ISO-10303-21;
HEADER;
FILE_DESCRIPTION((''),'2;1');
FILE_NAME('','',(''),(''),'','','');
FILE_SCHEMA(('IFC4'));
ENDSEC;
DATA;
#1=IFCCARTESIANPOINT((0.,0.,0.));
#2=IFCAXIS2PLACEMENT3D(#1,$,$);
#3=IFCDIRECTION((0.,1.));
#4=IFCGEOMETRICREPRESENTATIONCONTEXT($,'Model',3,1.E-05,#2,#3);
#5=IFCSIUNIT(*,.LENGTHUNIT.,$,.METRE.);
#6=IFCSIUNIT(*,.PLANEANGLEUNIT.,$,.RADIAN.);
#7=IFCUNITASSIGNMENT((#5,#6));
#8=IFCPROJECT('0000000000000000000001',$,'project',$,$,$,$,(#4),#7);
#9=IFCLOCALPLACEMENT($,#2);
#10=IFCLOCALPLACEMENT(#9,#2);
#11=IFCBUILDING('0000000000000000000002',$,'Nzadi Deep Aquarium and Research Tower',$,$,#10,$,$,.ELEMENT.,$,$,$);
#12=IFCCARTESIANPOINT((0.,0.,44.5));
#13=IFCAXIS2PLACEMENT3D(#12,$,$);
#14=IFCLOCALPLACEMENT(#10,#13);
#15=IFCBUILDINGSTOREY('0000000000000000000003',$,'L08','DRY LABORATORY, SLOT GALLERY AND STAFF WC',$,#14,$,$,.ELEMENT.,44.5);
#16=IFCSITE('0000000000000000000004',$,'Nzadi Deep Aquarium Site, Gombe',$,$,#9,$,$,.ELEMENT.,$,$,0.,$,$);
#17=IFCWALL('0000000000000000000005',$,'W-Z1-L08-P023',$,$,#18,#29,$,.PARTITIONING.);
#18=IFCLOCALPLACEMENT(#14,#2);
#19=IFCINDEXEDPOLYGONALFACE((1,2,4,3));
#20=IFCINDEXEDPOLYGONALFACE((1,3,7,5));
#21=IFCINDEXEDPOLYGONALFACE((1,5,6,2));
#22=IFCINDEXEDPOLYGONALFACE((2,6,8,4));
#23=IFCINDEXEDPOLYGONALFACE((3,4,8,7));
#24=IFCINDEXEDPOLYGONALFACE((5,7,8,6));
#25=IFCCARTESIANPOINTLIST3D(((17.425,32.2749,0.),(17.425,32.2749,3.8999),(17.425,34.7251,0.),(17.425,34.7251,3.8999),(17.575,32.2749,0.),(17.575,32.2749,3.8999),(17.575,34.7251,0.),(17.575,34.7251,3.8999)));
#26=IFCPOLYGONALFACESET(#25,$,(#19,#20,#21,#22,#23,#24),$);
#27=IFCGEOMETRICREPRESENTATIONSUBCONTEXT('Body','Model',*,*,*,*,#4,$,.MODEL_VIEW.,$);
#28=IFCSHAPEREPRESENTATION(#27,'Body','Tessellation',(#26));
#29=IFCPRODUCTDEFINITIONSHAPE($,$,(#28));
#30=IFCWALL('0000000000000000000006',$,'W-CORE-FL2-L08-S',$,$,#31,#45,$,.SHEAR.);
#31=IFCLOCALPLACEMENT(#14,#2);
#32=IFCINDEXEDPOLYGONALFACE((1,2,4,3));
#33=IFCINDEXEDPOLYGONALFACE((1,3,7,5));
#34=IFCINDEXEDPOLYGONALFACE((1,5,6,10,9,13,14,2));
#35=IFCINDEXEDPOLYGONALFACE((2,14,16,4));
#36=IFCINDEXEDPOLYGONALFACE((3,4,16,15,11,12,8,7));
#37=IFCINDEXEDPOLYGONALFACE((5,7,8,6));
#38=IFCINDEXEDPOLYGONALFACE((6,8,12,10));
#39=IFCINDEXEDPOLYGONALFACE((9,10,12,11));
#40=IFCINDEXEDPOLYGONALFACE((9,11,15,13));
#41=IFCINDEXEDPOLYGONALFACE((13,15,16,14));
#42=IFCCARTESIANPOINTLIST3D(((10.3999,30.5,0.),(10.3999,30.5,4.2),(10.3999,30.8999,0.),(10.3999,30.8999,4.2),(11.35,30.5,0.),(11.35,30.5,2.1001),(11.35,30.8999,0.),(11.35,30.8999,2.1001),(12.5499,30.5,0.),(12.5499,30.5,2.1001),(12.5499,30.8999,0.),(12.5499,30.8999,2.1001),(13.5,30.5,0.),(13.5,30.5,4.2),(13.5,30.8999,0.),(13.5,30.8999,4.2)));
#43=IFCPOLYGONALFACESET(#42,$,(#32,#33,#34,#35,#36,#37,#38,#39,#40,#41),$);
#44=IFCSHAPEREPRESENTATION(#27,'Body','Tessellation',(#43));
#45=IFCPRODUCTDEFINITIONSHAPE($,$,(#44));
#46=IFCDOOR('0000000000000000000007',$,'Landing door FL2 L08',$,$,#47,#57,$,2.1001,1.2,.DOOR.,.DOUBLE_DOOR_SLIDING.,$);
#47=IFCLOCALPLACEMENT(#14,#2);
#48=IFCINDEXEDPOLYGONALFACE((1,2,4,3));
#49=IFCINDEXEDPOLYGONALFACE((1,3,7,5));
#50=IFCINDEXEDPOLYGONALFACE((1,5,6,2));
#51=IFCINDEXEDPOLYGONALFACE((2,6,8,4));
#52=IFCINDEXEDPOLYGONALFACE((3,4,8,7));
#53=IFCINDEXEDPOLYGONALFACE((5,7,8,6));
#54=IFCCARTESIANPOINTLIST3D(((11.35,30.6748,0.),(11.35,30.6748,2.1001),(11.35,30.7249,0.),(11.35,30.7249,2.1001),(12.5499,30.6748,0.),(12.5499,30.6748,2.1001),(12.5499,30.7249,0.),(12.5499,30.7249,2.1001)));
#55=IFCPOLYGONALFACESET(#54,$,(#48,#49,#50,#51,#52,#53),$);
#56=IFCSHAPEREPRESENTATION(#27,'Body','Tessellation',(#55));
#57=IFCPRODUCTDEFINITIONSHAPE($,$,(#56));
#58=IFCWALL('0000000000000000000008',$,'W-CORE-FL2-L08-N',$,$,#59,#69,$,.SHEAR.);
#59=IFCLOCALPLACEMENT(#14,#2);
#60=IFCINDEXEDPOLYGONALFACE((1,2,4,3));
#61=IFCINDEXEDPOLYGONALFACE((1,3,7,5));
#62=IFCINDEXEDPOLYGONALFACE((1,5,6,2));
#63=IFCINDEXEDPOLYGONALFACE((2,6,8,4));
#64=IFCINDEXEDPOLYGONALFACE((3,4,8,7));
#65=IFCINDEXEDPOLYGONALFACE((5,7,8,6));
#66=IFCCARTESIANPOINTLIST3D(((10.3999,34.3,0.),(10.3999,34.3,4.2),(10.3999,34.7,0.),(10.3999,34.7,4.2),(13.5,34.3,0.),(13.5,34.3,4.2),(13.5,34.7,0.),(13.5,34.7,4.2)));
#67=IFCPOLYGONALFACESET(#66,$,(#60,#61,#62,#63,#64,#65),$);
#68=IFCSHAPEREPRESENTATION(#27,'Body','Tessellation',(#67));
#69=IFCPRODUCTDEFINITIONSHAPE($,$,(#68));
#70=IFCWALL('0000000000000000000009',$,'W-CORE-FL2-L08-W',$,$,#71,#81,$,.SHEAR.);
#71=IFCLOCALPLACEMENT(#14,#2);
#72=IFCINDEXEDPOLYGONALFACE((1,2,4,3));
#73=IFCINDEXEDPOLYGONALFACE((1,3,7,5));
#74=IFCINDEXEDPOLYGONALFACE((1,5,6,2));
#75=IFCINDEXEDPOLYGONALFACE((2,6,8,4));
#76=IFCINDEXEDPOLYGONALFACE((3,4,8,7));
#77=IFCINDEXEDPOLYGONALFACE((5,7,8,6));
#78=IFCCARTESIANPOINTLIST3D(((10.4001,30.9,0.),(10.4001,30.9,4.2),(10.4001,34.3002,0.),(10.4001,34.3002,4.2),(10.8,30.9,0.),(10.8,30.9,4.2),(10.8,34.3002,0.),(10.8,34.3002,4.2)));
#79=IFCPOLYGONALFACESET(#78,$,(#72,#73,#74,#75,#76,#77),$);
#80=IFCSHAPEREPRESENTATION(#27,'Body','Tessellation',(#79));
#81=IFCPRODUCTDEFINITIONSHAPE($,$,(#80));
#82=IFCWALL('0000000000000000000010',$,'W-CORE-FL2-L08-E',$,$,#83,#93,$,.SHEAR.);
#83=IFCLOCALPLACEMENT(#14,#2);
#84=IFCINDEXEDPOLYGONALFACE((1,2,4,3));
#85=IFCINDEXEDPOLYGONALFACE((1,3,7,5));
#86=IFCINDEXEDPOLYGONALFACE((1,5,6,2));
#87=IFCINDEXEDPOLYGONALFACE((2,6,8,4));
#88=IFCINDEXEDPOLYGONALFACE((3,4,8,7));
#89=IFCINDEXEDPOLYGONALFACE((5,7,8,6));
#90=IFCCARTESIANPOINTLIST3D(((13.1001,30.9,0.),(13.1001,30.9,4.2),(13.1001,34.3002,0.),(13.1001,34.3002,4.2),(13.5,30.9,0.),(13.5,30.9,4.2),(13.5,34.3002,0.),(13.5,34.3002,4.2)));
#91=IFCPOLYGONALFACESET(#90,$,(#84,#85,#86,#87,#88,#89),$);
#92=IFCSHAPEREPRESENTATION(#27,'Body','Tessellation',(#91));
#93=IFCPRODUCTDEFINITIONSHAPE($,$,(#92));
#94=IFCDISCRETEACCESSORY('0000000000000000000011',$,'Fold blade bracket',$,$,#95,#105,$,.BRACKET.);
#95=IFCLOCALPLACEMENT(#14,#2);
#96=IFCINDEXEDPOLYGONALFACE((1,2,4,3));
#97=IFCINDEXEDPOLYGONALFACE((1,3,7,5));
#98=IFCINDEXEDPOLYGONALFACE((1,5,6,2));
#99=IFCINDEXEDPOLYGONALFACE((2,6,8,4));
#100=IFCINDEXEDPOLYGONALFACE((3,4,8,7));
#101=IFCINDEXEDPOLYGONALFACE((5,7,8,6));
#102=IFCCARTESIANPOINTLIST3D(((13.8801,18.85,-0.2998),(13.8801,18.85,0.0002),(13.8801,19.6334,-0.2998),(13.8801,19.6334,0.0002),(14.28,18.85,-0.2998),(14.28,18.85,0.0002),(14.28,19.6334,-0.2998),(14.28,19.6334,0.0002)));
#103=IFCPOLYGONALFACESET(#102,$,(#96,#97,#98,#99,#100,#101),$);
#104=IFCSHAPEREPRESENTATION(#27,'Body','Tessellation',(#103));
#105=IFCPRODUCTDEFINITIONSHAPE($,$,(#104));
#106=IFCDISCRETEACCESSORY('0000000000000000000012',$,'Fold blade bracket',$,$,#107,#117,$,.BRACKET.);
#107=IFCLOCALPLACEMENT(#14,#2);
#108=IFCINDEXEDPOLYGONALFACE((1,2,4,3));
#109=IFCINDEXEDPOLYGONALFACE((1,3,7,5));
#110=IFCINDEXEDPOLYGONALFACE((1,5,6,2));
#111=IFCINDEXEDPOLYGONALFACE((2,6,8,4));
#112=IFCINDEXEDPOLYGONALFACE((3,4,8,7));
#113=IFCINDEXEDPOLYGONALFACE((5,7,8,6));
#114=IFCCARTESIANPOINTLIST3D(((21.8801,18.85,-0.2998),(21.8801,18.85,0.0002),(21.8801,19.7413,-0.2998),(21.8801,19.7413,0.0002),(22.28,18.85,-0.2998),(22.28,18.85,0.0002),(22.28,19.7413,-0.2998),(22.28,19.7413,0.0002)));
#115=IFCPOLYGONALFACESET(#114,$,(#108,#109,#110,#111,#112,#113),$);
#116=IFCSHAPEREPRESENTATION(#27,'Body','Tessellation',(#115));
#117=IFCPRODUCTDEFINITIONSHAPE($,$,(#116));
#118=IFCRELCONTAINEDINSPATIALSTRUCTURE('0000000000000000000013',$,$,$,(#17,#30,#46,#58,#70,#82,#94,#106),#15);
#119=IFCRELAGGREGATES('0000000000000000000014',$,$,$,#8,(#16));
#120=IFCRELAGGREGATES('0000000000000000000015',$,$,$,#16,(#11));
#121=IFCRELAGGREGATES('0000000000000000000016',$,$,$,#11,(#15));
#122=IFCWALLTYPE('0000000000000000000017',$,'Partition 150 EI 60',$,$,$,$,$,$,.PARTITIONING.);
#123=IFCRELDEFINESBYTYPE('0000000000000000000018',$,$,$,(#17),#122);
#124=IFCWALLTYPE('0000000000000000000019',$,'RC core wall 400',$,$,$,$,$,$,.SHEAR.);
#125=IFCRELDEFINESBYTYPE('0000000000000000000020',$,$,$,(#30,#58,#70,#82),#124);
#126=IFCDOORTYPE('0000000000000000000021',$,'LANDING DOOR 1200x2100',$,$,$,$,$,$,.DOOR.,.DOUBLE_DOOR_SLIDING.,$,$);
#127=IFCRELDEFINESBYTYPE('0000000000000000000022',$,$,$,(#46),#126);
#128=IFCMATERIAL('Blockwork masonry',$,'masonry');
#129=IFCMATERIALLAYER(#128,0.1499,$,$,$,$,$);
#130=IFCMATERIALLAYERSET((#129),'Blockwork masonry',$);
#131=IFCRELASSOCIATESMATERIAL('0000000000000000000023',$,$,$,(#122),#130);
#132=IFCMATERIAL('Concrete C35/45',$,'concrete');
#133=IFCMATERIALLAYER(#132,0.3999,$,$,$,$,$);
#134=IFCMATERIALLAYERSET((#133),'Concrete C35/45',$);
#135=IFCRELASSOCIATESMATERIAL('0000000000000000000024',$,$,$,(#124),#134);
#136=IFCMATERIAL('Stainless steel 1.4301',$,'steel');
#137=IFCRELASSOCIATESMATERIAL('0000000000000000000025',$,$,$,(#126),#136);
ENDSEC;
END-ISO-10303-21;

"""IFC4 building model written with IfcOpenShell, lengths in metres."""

from ifc_helpers import new_model, si_unit, direction, frame, frame_2d, origin, origin_2d, place, context, subcontext, project, spatial, rectangle, extrude, material, layer, layer_set, type_object, element, fill, save


model = new_model("IFC4")

# Units and contexts
model_context = context("Model", 3, precision=1e-05, world=origin(), true_north=direction((0.0, 1.0)))
body_context = subcontext(model_context, "Body", "Model", "MODEL_VIEW")
ifc_project = project(units=[si_unit("LENGTHUNIT", "METRE"), si_unit("PLANEANGLEUNIT", "RADIAN")], contexts=[model_context])

# Site, building, storey
site_placement = place(None, origin())
site = spatial("IfcSite", under=ifc_project, at=site_placement, Name="Nzadi Deep Aquarium Site, Gombe", CompositionType="ELEMENT", RefElevation=0.0)
building_placement = place(site_placement, origin())
building = spatial("IfcBuilding", under=site, at=building_placement, Name="Nzadi Deep Aquarium and Research Tower", CompositionType="ELEMENT")
storey_placement = place(building_placement, frame((0.0, 0.0, 44.5)))
storey = spatial("IfcBuildingStorey", under=building, at=storey_placement, Name="L08", Description="DRY LABORATORY, SLOT GALLERY AND STAFF WC", CompositionType="ELEMENT", Elevation=44.5)

# Wall
ifc_material_1 = material(Name="Blockwork masonry", Category="masonry")
ifc_layer_1 = layer(ifc_material_1, 0.1499)
ifc_layer_set_1 = layer_set([ifc_layer_1], Name="Blockwork masonry")
wall_type_1 = type_object("IfcWallType", Name="Partition 150 EI 60", PredefinedType="PARTITIONING", material=ifc_layer_set_1)
wall_1_placement = place(storey_placement, frame((17.5, 32.2749, 0.0), z_axis=(0.0, 0.0, 1.0), x_axis=(0.0, 1.0, 0.0)))
element("IfcWall", 1, at=wall_1_placement, inside=storey, type_object=wall_type_1, Name="W-Z1-L08-P023", PredefinedType="PARTITIONING", context=body_context, shape_type="SweptSolid", body=[
    extrude(rectangle(XDim=2.4502, YDim=0.1499, at=frame_2d((1.2251, 0.0))), origin(), (0.0, 0.0, 1.0), 3.8999),
])

# Wall, opening, door
ifc_material_2 = material(Name="Concrete C35/45", Category="concrete")
ifc_layer_2 = layer(ifc_material_2, 0.3999)
ifc_layer_set_2 = layer_set([ifc_layer_2], Name="Concrete C35/45")
wall_type_2 = type_object("IfcWallType", Name="RC core wall 400", PredefinedType="SHEAR", material=ifc_layer_set_2)
wall_2_placement = place(storey_placement, frame((10.3999, 30.7, 0.0), z_axis=(0.0, 0.0, 1.0), x_axis=(1.0, 0.0, 0.0)))
wall_2 = element("IfcWall", 2, at=wall_2_placement, inside=storey, type_object=wall_type_2, Name="W-CORE-FL2-L08-S", PredefinedType="SHEAR", context=body_context, shape_type="SweptSolid", body=[
    extrude(rectangle(XDim=3.1001, YDim=0.3999, at=frame_2d((1.55, 0.0))), origin(), (0.0, 0.0, 1.0), 4.2),
])
opening_placement = place(wall_2_placement, frame((0.95, 0.0, 0.0)))
opening = element("IfcOpeningElement", 3, at=opening_placement, cuts=wall_2, PredefinedType="OPENING", context=body_context, shape_type="SweptSolid", body=[
    extrude(rectangle(XDim=1.2, YDim=2.1001, at=frame_2d((0.6001, 1.05))), frame((0.0, 0.21, 0.0), z_axis=(0.0, -1.0, 0.0), x_axis=(1.0, 0.0, 0.0)), (0.0, 0.0, 1.0), 0.4199),
])
ifc_material_3 = material(Name="Stainless steel 1.4301", Category="steel")
door_type = type_object("IfcDoorType", Name="LANDING DOOR 1200x2100", OperationType="DOUBLE_DOOR_SLIDING", PredefinedType="DOOR", material=ifc_material_3)
door_placement = place(opening_placement, origin())
door = element("IfcDoor", 4, at=door_placement, inside=storey, type_object=door_type, Name="Landing door FL2 L08", OperationType="DOUBLE_DOOR_SLIDING", OverallHeight=2.1001, OverallWidth=1.2, PredefinedType="DOOR", context=body_context, shape_type="SweptSolid", body=[
    extrude(rectangle(XDim=1.2, YDim=2.1001, at=frame_2d((0.6001, 1.05))), frame((0.0, 0.0249, 0.0), z_axis=(0.0, -1.0, 0.0), x_axis=(1.0, 0.0, 0.0)), (0.0, 0.0, 1.0), 0.05),
])
fill(opening, door)

# Walls
wall_3_placement = place(storey_placement, frame((10.3999, 34.5, 0.0), z_axis=(0.0, 0.0, 1.0), x_axis=(1.0, 0.0, 0.0)))
element("IfcWall", 5, at=wall_3_placement, inside=storey, type_object=wall_type_2, Name="W-CORE-FL2-L08-N", PredefinedType="SHEAR", context=body_context, shape_type="SweptSolid", body=[
    extrude(rectangle(XDim=3.1001, YDim=0.3999, at=frame_2d((1.55, 0.0))), origin(), (0.0, 0.0, 1.0), 4.2),
])
for number, where, z_axis, x_axis, name in (
    (6, (10.6001, 30.8999, 0.0), (0.0, 0.0, 1.0), (0.0, 1.0, 0.0), "W-CORE-FL2-L08-W"),
    (7, (13.3, 30.8999, 0.0), (0.0, 0.0, 1.0), (0.0, 1.0, 0.0), "W-CORE-FL2-L08-E"),
):
    element("IfcWall", number, at=place(storey_placement, frame(where, z_axis=z_axis, x_axis=x_axis)), inside=storey, type_object=wall_type_2, Name=name, PredefinedType="SHEAR", context=body_context, shape_type="SweptSolid", body=[
        extrude(rectangle(XDim=3.4001, YDim=0.3999, at=frame_2d((1.7002, 0.0))), origin(), (0.0, 0.0, 1.0), 4.2),
    ])

# Discrete accessories
discrete_accessory_1_placement = place(storey_placement, frame((14.0801, 19.2417, -0.2998), z_axis=(0.0, 0.0, 1.0), x_axis=(1.0, 0.0, 0.0)))
element("IfcDiscreteAccessory", 8, at=discrete_accessory_1_placement, inside=storey, Name="Fold blade bracket", PredefinedType="BRACKET", context=body_context, shape_type="SweptSolid", body=[
    extrude(rectangle(XDim=0.3999, YDim=0.7834, at=origin_2d()), origin(), (0.0, 0.0, 1.0), 0.3),
])
discrete_accessory_2_placement = place(storey_placement, frame((22.0801, 19.2957, -0.2998), z_axis=(0.0, 0.0, 1.0), x_axis=(1.0, 0.0, 0.0)))
element("IfcDiscreteAccessory", 9, at=discrete_accessory_2_placement, inside=storey, Name="Fold blade bracket", PredefinedType="BRACKET", context=body_context, shape_type="SweptSolid", body=[
    extrude(rectangle(XDim=0.3999, YDim=0.8914, at=origin_2d()), origin(), (0.0, 0.0, 1.0), 0.3),
])

save(model, "model.ifc")
